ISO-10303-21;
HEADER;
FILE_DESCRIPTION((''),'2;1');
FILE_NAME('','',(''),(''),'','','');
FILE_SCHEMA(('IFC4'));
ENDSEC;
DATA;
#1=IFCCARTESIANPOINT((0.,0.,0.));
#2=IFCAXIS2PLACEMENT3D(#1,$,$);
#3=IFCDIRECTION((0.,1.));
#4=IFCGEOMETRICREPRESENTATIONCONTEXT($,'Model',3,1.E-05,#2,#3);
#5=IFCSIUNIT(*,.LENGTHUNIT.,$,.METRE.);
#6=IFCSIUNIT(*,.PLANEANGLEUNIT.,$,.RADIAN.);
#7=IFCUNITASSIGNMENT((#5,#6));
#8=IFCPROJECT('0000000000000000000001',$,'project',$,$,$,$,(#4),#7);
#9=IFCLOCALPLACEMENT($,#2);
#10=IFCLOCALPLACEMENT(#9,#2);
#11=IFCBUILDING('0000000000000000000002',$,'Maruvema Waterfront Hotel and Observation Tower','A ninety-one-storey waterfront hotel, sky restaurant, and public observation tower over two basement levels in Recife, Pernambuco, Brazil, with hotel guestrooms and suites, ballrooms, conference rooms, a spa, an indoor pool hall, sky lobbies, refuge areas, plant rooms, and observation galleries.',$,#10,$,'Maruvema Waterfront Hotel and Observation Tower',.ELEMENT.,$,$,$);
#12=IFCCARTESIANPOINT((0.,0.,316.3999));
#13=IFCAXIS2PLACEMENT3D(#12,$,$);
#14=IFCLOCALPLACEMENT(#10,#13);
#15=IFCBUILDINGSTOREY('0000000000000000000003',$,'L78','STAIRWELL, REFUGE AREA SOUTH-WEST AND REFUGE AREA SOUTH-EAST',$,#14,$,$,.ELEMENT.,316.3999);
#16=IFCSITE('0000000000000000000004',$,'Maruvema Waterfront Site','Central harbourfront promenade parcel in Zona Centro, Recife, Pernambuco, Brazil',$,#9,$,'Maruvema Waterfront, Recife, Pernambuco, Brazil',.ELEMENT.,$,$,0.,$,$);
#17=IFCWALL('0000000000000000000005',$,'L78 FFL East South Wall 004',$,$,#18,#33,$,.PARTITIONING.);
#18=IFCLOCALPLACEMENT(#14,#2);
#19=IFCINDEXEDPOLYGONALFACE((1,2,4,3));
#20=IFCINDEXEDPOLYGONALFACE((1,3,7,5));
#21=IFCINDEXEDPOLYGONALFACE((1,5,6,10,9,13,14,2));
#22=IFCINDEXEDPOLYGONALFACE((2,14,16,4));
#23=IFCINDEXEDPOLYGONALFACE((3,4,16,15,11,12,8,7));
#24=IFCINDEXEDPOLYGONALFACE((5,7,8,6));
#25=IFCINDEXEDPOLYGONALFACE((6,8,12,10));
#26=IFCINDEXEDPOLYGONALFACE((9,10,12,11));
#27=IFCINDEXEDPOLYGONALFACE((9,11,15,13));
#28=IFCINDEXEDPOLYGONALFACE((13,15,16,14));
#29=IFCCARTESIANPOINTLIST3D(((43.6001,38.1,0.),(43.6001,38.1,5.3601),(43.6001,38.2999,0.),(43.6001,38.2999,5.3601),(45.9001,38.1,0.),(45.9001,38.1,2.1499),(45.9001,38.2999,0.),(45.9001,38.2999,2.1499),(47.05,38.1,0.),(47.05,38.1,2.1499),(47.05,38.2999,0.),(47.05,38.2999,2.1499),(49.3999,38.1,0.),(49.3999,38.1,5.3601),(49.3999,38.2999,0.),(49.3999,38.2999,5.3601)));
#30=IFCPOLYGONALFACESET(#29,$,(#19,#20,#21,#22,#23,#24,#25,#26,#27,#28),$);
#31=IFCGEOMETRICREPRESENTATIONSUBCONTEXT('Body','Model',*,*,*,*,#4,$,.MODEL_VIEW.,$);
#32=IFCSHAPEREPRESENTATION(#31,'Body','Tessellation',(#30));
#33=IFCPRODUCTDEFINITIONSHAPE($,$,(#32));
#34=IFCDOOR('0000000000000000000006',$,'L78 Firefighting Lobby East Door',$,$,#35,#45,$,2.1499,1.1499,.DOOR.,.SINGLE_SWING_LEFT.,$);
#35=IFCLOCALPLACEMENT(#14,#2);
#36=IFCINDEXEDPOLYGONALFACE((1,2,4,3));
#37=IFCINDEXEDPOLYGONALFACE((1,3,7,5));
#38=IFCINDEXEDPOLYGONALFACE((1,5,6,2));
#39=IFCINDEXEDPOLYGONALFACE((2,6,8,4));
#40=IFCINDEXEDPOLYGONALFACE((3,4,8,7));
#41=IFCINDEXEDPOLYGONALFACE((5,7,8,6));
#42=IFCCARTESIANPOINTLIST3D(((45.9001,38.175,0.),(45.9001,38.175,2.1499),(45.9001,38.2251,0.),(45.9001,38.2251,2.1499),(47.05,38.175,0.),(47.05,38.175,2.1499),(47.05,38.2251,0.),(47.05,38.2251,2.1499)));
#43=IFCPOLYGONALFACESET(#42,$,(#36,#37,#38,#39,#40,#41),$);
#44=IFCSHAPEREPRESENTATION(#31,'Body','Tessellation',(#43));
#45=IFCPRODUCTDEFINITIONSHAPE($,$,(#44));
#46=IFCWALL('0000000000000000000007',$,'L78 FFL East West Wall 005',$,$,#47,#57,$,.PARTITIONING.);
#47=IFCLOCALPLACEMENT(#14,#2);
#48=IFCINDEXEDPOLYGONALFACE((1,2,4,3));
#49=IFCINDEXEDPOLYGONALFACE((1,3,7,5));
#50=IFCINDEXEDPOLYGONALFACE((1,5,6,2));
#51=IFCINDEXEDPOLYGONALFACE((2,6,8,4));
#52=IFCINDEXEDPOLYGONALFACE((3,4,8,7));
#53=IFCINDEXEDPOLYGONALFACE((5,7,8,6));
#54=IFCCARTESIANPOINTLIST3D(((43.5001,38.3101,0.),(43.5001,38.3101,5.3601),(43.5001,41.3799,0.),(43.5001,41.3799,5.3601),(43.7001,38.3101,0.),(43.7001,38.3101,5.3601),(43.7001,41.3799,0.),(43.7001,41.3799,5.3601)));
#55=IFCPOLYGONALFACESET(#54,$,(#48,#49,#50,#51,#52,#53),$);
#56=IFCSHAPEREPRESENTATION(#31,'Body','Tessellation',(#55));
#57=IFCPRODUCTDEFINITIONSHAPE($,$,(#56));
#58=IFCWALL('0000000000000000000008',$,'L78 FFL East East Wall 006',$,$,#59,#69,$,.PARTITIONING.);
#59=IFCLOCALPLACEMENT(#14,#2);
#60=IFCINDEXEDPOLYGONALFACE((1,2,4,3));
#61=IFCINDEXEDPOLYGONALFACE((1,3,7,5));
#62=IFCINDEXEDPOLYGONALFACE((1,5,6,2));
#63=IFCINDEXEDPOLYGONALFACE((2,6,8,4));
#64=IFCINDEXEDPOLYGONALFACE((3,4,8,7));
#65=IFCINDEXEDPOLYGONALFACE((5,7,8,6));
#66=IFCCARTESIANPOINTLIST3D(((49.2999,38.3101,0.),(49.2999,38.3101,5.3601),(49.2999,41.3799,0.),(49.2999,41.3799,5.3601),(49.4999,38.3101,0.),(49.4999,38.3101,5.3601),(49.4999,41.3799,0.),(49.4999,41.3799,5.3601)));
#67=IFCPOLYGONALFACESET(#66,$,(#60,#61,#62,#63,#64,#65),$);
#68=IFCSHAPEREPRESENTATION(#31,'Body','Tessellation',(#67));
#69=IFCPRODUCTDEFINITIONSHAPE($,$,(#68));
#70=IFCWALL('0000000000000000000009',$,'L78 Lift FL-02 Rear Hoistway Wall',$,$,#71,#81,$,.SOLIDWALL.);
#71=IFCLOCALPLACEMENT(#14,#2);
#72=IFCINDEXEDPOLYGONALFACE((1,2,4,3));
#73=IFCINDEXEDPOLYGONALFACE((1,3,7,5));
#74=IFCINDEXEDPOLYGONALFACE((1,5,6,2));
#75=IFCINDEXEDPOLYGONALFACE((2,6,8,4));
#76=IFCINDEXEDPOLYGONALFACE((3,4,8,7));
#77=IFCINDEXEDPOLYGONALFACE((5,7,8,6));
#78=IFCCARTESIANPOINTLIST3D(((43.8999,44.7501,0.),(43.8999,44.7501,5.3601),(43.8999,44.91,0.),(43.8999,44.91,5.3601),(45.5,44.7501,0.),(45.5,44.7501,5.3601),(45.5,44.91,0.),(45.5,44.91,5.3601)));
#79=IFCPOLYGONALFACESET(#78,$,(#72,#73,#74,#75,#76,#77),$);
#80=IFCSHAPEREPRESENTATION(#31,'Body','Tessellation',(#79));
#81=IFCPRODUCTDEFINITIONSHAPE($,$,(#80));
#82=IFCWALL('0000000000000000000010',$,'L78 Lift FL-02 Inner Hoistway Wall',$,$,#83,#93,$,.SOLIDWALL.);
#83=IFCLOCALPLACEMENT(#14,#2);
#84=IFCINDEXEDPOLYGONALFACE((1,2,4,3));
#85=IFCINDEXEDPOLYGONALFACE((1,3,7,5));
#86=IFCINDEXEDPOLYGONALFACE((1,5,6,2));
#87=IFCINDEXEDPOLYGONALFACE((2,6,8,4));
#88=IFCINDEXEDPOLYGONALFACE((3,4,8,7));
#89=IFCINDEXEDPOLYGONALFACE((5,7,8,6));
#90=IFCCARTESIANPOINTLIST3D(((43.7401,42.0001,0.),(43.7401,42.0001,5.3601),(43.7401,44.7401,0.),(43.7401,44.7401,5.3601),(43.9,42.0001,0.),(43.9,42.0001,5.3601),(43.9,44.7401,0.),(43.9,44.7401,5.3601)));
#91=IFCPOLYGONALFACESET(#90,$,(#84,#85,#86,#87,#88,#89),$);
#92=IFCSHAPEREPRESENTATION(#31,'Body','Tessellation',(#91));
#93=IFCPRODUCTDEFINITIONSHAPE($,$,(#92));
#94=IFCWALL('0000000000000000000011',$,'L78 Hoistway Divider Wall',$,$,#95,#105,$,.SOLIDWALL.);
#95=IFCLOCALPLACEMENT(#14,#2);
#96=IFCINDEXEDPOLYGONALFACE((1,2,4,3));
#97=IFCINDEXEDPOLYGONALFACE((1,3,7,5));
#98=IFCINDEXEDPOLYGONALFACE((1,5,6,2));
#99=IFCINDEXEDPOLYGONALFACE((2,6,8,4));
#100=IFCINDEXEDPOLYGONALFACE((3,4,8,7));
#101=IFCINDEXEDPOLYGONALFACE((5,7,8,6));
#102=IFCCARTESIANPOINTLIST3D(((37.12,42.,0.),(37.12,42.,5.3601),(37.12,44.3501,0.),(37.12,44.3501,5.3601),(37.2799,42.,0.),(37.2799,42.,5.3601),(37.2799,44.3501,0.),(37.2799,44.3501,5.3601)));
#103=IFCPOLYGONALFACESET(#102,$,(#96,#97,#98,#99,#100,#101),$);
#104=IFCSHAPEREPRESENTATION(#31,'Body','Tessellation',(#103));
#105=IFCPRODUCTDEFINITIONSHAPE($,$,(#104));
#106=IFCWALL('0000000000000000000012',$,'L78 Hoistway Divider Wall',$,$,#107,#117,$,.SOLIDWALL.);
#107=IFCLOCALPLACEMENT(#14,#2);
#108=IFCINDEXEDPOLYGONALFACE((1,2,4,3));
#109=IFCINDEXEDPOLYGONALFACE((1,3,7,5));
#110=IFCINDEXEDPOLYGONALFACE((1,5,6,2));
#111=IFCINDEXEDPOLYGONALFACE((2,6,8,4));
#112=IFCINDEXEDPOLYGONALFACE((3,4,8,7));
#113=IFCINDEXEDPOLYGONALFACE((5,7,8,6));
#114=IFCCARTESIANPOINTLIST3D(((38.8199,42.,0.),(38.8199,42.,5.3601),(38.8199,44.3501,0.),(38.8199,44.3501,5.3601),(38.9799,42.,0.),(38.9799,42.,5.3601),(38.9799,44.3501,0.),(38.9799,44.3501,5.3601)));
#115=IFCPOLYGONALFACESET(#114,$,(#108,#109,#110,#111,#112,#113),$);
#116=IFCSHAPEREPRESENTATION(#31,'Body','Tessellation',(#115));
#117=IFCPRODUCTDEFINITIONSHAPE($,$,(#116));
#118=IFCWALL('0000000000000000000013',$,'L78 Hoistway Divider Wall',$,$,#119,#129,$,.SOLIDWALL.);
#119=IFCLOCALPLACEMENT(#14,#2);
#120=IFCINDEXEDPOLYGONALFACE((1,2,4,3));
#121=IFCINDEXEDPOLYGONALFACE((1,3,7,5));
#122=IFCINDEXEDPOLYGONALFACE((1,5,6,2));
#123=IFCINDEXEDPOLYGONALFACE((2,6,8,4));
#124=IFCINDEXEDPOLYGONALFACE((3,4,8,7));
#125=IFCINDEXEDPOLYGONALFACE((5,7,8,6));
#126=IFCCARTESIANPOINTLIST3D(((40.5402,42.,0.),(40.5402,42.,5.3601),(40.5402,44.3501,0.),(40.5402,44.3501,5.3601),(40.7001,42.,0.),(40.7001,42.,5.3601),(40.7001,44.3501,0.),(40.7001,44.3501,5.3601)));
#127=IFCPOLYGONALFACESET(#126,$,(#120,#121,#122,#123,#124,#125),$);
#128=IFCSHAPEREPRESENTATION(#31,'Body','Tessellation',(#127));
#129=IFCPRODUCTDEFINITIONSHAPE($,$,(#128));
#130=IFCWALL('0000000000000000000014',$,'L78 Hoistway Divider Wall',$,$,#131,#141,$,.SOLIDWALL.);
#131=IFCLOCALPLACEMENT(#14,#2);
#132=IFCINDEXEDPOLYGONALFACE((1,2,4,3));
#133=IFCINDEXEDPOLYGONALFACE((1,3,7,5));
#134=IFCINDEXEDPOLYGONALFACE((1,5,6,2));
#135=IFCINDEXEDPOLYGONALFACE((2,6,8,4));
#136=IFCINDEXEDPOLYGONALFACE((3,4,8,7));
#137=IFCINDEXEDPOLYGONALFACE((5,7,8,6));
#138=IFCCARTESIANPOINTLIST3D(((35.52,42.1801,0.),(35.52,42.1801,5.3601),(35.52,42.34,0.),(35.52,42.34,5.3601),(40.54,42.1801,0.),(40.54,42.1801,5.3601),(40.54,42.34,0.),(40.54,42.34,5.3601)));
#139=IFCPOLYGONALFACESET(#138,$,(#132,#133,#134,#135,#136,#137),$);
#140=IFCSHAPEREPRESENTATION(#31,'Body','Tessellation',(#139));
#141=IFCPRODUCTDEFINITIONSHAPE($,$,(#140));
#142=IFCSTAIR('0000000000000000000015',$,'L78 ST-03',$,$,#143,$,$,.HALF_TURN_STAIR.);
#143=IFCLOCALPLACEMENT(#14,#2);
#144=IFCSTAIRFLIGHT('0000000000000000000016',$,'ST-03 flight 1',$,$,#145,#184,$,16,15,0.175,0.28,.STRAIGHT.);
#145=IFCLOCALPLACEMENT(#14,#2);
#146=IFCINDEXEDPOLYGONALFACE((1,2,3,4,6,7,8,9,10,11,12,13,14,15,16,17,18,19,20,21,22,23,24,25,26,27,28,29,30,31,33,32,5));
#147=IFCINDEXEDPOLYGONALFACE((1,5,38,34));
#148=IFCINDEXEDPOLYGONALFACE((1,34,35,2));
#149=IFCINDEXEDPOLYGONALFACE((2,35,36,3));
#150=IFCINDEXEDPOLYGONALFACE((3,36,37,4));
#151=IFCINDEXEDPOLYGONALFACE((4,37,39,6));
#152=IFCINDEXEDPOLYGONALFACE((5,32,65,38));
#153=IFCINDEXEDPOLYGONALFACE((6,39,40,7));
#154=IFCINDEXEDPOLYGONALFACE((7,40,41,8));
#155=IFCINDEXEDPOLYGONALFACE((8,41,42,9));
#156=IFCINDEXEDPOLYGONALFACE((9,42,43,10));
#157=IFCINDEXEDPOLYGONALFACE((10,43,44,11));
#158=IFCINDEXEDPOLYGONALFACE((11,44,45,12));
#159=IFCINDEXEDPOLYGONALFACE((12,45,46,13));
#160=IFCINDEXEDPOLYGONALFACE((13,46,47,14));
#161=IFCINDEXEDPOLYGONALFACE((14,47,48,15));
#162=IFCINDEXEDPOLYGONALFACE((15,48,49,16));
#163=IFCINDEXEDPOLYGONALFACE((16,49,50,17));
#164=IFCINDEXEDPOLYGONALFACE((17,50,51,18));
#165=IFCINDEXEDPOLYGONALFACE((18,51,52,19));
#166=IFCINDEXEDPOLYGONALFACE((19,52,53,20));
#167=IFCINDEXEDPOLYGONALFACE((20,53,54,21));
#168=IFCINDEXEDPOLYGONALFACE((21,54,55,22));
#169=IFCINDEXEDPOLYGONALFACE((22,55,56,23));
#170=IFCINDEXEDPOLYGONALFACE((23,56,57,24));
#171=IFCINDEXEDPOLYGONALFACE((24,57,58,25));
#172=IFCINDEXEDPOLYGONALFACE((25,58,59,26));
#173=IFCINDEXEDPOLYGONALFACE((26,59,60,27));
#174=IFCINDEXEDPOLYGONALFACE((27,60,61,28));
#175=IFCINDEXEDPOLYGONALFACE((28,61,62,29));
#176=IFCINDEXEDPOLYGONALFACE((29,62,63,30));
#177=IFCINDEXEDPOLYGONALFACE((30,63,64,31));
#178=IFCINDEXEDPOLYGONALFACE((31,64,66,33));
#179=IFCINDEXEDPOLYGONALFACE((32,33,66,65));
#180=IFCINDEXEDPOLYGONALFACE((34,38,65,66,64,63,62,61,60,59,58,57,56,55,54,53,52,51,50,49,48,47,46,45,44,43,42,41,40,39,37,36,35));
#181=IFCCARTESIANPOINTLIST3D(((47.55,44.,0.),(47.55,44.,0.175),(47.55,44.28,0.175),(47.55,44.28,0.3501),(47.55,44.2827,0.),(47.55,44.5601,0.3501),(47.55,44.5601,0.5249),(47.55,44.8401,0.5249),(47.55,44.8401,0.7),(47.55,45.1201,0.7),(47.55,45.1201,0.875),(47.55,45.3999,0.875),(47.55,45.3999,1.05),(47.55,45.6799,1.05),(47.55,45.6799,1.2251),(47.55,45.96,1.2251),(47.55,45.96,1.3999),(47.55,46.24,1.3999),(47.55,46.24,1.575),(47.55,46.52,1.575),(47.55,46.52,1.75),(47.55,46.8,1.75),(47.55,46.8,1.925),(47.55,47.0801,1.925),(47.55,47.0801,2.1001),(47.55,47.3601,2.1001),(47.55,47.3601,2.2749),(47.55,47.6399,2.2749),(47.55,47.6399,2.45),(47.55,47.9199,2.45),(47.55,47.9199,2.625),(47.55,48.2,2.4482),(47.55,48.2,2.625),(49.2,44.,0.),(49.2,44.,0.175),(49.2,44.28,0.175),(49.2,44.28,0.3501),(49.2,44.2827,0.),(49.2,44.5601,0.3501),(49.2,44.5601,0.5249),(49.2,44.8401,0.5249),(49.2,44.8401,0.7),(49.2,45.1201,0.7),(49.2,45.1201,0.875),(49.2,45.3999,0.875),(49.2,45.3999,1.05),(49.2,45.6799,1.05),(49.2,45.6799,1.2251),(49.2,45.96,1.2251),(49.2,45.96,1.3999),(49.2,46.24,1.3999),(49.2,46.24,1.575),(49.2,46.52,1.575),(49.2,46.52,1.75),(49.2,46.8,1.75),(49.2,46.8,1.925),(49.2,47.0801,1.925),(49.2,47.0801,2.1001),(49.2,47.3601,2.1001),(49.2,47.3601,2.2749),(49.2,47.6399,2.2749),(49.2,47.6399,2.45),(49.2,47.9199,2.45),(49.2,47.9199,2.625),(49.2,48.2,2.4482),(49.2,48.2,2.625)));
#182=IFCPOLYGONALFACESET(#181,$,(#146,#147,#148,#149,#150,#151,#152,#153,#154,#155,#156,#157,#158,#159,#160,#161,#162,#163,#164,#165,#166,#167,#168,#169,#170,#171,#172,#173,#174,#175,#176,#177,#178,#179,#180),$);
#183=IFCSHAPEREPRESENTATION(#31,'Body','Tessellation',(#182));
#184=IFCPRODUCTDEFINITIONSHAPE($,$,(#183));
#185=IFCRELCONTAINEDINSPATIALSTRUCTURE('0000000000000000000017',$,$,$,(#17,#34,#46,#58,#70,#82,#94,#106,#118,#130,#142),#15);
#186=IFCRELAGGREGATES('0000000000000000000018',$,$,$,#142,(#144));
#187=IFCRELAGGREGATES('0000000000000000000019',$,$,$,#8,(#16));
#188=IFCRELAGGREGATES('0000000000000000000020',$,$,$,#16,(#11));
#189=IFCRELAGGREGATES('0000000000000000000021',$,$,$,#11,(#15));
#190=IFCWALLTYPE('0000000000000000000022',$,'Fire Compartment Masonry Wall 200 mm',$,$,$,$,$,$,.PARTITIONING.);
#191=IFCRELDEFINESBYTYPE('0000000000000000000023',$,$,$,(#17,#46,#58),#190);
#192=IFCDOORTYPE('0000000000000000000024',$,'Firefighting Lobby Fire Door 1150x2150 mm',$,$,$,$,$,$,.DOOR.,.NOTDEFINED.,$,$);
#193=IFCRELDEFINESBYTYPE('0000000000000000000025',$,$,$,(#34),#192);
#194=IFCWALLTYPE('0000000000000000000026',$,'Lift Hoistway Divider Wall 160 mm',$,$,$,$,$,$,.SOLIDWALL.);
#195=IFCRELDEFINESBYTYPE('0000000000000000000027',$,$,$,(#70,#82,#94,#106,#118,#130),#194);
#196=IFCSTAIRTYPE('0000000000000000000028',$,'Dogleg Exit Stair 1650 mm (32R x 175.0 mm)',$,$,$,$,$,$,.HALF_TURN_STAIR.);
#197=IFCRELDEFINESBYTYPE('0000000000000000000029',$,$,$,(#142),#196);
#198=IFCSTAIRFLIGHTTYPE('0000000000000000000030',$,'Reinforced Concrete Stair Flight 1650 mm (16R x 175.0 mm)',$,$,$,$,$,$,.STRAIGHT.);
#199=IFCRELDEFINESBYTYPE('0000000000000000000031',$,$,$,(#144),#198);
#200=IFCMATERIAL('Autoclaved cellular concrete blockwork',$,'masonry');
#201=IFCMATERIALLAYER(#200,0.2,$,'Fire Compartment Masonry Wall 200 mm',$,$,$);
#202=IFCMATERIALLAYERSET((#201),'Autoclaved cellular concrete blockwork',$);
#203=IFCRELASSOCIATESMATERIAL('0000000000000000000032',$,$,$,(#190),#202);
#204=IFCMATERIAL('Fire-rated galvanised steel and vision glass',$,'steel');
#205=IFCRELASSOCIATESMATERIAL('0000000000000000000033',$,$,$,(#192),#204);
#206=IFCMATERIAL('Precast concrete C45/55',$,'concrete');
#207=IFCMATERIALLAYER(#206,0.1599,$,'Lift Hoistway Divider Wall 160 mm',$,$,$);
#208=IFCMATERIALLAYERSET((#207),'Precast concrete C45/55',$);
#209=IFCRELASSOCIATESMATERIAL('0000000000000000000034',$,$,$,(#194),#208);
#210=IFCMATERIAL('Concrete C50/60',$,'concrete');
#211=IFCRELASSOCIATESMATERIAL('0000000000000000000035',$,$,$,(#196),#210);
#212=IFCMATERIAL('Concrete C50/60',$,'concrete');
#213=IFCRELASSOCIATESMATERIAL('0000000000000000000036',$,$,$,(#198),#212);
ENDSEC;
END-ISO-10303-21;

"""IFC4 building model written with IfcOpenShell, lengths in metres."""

from ifc_helpers import new_model, si_unit, direction, frame, frame_2d, origin, place, context, subcontext, project, spatial, polyline, rectangle, outline, extrude, material, layer, layer_set, type_object, element, fill, aggregate, save


model = new_model("IFC4")

# Units and contexts
model_context = context("Model", 3, precision=1e-05, world=origin(), true_north=direction((0.0, 1.0)))
body_context = subcontext(model_context, "Body", "Model", "MODEL_VIEW")
ifc_project = project(units=[si_unit("LENGTHUNIT", "METRE"), si_unit("PLANEANGLEUNIT", "RADIAN")], contexts=[model_context])

# Site, building, storey
site_placement = place(None, origin())
site = spatial("IfcSite", under=ifc_project, at=site_placement, Name="Maruvema Waterfront Site", Description="Central harbourfront promenade parcel in Zona Centro, Recife, Pernambuco, Brazil", LongName="Maruvema Waterfront, Recife, Pernambuco, Brazil", CompositionType="ELEMENT", RefElevation=0.0)
building_placement = place(site_placement, origin())
building = spatial("IfcBuilding", under=site, at=building_placement, Name="Maruvema Waterfront Hotel and Observation Tower", Description="A ninety-one-storey waterfront hotel, sky restaurant, and public observation tower over two basement levels in Recife, Pernambuco, Brazil, with hotel guestrooms and suites, ballrooms, conference rooms, a spa, an indoor pool hall, sky lobbies, refuge areas, plant rooms, and observation galleries.", LongName="Maruvema Waterfront Hotel and Observation Tower", CompositionType="ELEMENT")
storey_placement = place(building_placement, frame((0.0, 0.0, 316.3999)))
storey = spatial("IfcBuildingStorey", under=building, at=storey_placement, Name="L78", Description="STAIRWELL, REFUGE AREA SOUTH-WEST AND REFUGE AREA SOUTH-EAST", CompositionType="ELEMENT", Elevation=316.3999)

# Wall, opening, door
ifc_material_1 = material(Name="Autoclaved cellular concrete blockwork", Category="masonry")
ifc_layer_1 = layer(ifc_material_1, 0.2, Name="Fire Compartment Masonry Wall 200 mm")
ifc_layer_set_1 = layer_set([ifc_layer_1], Name="Autoclaved cellular concrete blockwork")
wall_type_1 = type_object("IfcWallType", Name="Fire Compartment Masonry Wall 200 mm", PredefinedType="PARTITIONING", material=ifc_layer_set_1)
wall_1_placement = place(storey_placement, frame((43.6001, 38.2, 0.0), z_axis=(0.0, 0.0, 1.0), x_axis=(1.0, 0.0, 0.0)))
wall_1 = element("IfcWall", 1, at=wall_1_placement, inside=storey, type_object=wall_type_1, Name="L78 FFL East South Wall 004", PredefinedType="PARTITIONING", context=body_context, shape_type="SweptSolid", body=[
    extrude(rectangle(XDim=5.7998, YDim=0.2, at=frame_2d((2.8999, 0.0))), origin(), (0.0, 0.0, 1.0), 5.3601),
])
opening_1_placement = place(wall_1_placement, frame((2.3, 0.0, 0.0)))
opening_1 = element("IfcOpeningElement", 2, at=opening_1_placement, cuts=wall_1, PredefinedType="OPENING", context=body_context, shape_type="SweptSolid", body=[
    extrude(rectangle(XDim=1.1499, YDim=2.1499, at=frame_2d((0.575, 1.075))), frame((0.0, 0.1099, 0.0), z_axis=(0.0, -1.0, 0.0), x_axis=(1.0, 0.0, 0.0)), (0.0, 0.0, 1.0), 0.22),
])
ifc_material_2 = material(Name="Fire-rated galvanised steel and vision glass", Category="steel")
door_type_1 = type_object("IfcDoorType", Name="Firefighting Lobby Fire Door 1150x2150 mm", OperationType="NOTDEFINED", PredefinedType="DOOR", material=ifc_material_2)
door_1_placement = place(opening_1_placement, frame((1.1499, 0.0, 0.0), z_axis=(0.0, 0.0, 1.0), x_axis=(-1.0, 0.0, 0.0)))
door_1 = element("IfcDoor", 3, at=door_1_placement, inside=storey, type_object=door_type_1, Name="L78 Firefighting Lobby East Door", OperationType="SINGLE_SWING_LEFT", OverallHeight=2.1499, OverallWidth=1.1499, PredefinedType="DOOR", context=body_context, shape_type="SweptSolid", body=[
    extrude(rectangle(XDim=1.1499, YDim=2.1499, at=frame_2d((0.575, 1.075))), frame((0.0, 0.0249, 0.0), z_axis=(0.0, -1.0, 0.0), x_axis=(1.0, 0.0, 0.0)), (0.0, 0.0, 1.0), 0.05),
])
fill(opening_1, door_1)

# Walls
for number, where, z_axis, x_axis, name in (
    (4, (43.6001, 38.3101, 0.0), (0.0, 0.0, 1.0), (0.0, 1.0, 0.0), "L78 FFL East West Wall 005"),
    (5, (49.3999, 38.3101, 0.0), (0.0, 0.0, 1.0), (0.0, 1.0, 0.0), "L78 FFL East East Wall 006"),
):
    element("IfcWall", number, at=place(storey_placement, frame(where, z_axis=z_axis, x_axis=x_axis)), inside=storey, type_object=wall_type_1, Name=name, PredefinedType="PARTITIONING", context=body_context, shape_type="SweptSolid", body=[
        extrude(rectangle(XDim=3.0698, YDim=0.2, at=frame_2d((1.5349, 0.0))), origin(), (0.0, 0.0, 1.0), 5.3601),
    ])
ifc_material_3 = material(Name="Precast concrete C45/55", Category="concrete")
ifc_layer_2 = layer(ifc_material_3, 0.1599, Name="Lift Hoistway Divider Wall 160 mm")
ifc_layer_set_2 = layer_set([ifc_layer_2], Name="Precast concrete C45/55")
wall_type_2 = type_object("IfcWallType", Name="Lift Hoistway Divider Wall 160 mm", PredefinedType="SOLIDWALL", material=ifc_layer_set_2)
wall_2_placement = place(storey_placement, frame((43.8999, 44.8301, 0.0), z_axis=(0.0, 0.0, 1.0), x_axis=(1.0, 0.0, 0.0)))
element("IfcWall", 6, at=wall_2_placement, inside=storey, type_object=wall_type_2, Name="L78 Lift FL-02 Rear Hoistway Wall", PredefinedType="SOLIDWALL", context=body_context, shape_type="SweptSolid", body=[
    extrude(rectangle(XDim=1.6001, YDim=0.1599, at=frame_2d((0.8, 0.0))), origin(), (0.0, 0.0, 1.0), 5.3601),
])
wall_3_placement = place(storey_placement, frame((43.8201, 42.0, 0.0), z_axis=(0.0, 0.0, 1.0), x_axis=(0.0, 1.0, 0.0)))
element("IfcWall", 7, at=wall_3_placement, inside=storey, type_object=wall_type_2, Name="L78 Lift FL-02 Inner Hoistway Wall", PredefinedType="SOLIDWALL", context=body_context, shape_type="SweptSolid", body=[
    extrude(rectangle(XDim=2.74, YDim=0.1599, at=frame_2d((1.3701, 0.0))), origin(), (0.0, 0.0, 1.0), 5.3601),
])
for number, where, z_axis, x_axis, name in (
    (8, (37.2, 42.0, 0.0), (0.0, 0.0, 1.0), (0.0, 1.0, 0.0), "L78 Hoistway Divider Wall"),
    (9, (38.8999, 42.0, 0.0), (0.0, 0.0, 1.0), (0.0, 1.0, 0.0), "L78 Hoistway Divider Wall"),
    (10, (40.6201, 42.0, 0.0), (0.0, 0.0, 1.0), (0.0, 1.0, 0.0), "L78 Hoistway Divider Wall"),
):
    element("IfcWall", number, at=place(storey_placement, frame(where, z_axis=z_axis, x_axis=x_axis)), inside=storey, type_object=wall_type_2, Name=name, PredefinedType="SOLIDWALL", context=body_context, shape_type="SweptSolid", body=[
        extrude(rectangle(XDim=2.3501, YDim=0.1599, at=frame_2d((1.175, 0.0))), origin(), (0.0, 0.0, 1.0), 5.3601),
    ])
wall_4_placement = place(storey_placement, frame((35.52, 42.26, 0.0), z_axis=(0.0, 0.0, 1.0), x_axis=(1.0, 0.0, 0.0)))
element("IfcWall", 11, at=wall_4_placement, inside=storey, type_object=wall_type_2, Name="L78 Hoistway Divider Wall", PredefinedType="SOLIDWALL", context=body_context, shape_type="SweptSolid", body=[
    extrude(rectangle(XDim=5.02, YDim=0.1599, at=frame_2d((2.51, 0.0))), origin(), (0.0, 0.0, 1.0), 5.3601),
])

# Stair, stair flight
ifc_material_4 = material(Name="Concrete C50/60", Category="concrete")
stair_type = type_object("IfcStairType", Name="Dogleg Exit Stair 1650 mm (32R x 175.0 mm)", PredefinedType="HALF_TURN_STAIR", material=ifc_material_4)
stair_placement = place(storey_placement, origin())
stair = element("IfcStair", 12, at=stair_placement, inside=storey, type_object=stair_type, Name="L78 ST-03", PredefinedType="HALF_TURN_STAIR")
ifc_material_5 = material(Name="Concrete C50/60", Category="concrete")
stair_flight_type = type_object("IfcStairFlightType", Name="Reinforced Concrete Stair Flight 1650 mm (16R x 175.0 mm)", PredefinedType="STRAIGHT", material=ifc_material_5)
stair_flight_placement = place(storey_placement, frame((48.375, 44.0, 0.0), z_axis=(0.0, 0.0, 1.0), x_axis=(0.0, 1.0, 0.0)))
stair_flight = element("IfcStairFlight", 13, at=stair_flight_placement, type_object=stair_flight_type, Name="ST-03 flight 1", NumberOfRisers=16, NumberOfTreads=15, PredefinedType="STRAIGHT", RiserHeight=0.175, TreadLength=0.28, context=body_context, shape_type="SweptSolid", body=[
    extrude(outline(polyline([(0.0, 0.0), (0.0, 0.175), (0.28, 0.175), (0.28, 0.3501), (0.5601, 0.3501), (0.5601, 0.5249), (0.8401, 0.5249), (0.8401, 0.7), (1.1201, 0.7), (1.1201, 0.875), (1.3999, 0.875), (1.3999, 1.05), (1.6799, 1.05), (1.6799, 1.2251), (1.96, 1.2251), (1.96, 1.3999), (2.24, 1.3999), (2.24, 1.575), (2.52, 1.575), (2.52, 1.75), (2.8, 1.75), (2.8, 1.925), (3.0801, 1.925), (3.0801, 2.1001), (3.3601, 2.1001), (3.3601, 2.2749), (3.6399, 2.2749), (3.6399, 2.45), (3.9199, 2.45), (3.9199, 2.625), (4.2, 2.625), (4.2, 2.8), (4.2, 2.4482), (0.2827, 0.0), (0.0, 0.0)])), frame((0.0, 0.825, 0.0), z_axis=(0.0, -1.0, 0.0), x_axis=(1.0, 0.0, 0.0)), (0.0, 0.0, 1.0), 1.6499),
])
aggregate(stair, [stair_flight])

save(model, "model.ifc")
